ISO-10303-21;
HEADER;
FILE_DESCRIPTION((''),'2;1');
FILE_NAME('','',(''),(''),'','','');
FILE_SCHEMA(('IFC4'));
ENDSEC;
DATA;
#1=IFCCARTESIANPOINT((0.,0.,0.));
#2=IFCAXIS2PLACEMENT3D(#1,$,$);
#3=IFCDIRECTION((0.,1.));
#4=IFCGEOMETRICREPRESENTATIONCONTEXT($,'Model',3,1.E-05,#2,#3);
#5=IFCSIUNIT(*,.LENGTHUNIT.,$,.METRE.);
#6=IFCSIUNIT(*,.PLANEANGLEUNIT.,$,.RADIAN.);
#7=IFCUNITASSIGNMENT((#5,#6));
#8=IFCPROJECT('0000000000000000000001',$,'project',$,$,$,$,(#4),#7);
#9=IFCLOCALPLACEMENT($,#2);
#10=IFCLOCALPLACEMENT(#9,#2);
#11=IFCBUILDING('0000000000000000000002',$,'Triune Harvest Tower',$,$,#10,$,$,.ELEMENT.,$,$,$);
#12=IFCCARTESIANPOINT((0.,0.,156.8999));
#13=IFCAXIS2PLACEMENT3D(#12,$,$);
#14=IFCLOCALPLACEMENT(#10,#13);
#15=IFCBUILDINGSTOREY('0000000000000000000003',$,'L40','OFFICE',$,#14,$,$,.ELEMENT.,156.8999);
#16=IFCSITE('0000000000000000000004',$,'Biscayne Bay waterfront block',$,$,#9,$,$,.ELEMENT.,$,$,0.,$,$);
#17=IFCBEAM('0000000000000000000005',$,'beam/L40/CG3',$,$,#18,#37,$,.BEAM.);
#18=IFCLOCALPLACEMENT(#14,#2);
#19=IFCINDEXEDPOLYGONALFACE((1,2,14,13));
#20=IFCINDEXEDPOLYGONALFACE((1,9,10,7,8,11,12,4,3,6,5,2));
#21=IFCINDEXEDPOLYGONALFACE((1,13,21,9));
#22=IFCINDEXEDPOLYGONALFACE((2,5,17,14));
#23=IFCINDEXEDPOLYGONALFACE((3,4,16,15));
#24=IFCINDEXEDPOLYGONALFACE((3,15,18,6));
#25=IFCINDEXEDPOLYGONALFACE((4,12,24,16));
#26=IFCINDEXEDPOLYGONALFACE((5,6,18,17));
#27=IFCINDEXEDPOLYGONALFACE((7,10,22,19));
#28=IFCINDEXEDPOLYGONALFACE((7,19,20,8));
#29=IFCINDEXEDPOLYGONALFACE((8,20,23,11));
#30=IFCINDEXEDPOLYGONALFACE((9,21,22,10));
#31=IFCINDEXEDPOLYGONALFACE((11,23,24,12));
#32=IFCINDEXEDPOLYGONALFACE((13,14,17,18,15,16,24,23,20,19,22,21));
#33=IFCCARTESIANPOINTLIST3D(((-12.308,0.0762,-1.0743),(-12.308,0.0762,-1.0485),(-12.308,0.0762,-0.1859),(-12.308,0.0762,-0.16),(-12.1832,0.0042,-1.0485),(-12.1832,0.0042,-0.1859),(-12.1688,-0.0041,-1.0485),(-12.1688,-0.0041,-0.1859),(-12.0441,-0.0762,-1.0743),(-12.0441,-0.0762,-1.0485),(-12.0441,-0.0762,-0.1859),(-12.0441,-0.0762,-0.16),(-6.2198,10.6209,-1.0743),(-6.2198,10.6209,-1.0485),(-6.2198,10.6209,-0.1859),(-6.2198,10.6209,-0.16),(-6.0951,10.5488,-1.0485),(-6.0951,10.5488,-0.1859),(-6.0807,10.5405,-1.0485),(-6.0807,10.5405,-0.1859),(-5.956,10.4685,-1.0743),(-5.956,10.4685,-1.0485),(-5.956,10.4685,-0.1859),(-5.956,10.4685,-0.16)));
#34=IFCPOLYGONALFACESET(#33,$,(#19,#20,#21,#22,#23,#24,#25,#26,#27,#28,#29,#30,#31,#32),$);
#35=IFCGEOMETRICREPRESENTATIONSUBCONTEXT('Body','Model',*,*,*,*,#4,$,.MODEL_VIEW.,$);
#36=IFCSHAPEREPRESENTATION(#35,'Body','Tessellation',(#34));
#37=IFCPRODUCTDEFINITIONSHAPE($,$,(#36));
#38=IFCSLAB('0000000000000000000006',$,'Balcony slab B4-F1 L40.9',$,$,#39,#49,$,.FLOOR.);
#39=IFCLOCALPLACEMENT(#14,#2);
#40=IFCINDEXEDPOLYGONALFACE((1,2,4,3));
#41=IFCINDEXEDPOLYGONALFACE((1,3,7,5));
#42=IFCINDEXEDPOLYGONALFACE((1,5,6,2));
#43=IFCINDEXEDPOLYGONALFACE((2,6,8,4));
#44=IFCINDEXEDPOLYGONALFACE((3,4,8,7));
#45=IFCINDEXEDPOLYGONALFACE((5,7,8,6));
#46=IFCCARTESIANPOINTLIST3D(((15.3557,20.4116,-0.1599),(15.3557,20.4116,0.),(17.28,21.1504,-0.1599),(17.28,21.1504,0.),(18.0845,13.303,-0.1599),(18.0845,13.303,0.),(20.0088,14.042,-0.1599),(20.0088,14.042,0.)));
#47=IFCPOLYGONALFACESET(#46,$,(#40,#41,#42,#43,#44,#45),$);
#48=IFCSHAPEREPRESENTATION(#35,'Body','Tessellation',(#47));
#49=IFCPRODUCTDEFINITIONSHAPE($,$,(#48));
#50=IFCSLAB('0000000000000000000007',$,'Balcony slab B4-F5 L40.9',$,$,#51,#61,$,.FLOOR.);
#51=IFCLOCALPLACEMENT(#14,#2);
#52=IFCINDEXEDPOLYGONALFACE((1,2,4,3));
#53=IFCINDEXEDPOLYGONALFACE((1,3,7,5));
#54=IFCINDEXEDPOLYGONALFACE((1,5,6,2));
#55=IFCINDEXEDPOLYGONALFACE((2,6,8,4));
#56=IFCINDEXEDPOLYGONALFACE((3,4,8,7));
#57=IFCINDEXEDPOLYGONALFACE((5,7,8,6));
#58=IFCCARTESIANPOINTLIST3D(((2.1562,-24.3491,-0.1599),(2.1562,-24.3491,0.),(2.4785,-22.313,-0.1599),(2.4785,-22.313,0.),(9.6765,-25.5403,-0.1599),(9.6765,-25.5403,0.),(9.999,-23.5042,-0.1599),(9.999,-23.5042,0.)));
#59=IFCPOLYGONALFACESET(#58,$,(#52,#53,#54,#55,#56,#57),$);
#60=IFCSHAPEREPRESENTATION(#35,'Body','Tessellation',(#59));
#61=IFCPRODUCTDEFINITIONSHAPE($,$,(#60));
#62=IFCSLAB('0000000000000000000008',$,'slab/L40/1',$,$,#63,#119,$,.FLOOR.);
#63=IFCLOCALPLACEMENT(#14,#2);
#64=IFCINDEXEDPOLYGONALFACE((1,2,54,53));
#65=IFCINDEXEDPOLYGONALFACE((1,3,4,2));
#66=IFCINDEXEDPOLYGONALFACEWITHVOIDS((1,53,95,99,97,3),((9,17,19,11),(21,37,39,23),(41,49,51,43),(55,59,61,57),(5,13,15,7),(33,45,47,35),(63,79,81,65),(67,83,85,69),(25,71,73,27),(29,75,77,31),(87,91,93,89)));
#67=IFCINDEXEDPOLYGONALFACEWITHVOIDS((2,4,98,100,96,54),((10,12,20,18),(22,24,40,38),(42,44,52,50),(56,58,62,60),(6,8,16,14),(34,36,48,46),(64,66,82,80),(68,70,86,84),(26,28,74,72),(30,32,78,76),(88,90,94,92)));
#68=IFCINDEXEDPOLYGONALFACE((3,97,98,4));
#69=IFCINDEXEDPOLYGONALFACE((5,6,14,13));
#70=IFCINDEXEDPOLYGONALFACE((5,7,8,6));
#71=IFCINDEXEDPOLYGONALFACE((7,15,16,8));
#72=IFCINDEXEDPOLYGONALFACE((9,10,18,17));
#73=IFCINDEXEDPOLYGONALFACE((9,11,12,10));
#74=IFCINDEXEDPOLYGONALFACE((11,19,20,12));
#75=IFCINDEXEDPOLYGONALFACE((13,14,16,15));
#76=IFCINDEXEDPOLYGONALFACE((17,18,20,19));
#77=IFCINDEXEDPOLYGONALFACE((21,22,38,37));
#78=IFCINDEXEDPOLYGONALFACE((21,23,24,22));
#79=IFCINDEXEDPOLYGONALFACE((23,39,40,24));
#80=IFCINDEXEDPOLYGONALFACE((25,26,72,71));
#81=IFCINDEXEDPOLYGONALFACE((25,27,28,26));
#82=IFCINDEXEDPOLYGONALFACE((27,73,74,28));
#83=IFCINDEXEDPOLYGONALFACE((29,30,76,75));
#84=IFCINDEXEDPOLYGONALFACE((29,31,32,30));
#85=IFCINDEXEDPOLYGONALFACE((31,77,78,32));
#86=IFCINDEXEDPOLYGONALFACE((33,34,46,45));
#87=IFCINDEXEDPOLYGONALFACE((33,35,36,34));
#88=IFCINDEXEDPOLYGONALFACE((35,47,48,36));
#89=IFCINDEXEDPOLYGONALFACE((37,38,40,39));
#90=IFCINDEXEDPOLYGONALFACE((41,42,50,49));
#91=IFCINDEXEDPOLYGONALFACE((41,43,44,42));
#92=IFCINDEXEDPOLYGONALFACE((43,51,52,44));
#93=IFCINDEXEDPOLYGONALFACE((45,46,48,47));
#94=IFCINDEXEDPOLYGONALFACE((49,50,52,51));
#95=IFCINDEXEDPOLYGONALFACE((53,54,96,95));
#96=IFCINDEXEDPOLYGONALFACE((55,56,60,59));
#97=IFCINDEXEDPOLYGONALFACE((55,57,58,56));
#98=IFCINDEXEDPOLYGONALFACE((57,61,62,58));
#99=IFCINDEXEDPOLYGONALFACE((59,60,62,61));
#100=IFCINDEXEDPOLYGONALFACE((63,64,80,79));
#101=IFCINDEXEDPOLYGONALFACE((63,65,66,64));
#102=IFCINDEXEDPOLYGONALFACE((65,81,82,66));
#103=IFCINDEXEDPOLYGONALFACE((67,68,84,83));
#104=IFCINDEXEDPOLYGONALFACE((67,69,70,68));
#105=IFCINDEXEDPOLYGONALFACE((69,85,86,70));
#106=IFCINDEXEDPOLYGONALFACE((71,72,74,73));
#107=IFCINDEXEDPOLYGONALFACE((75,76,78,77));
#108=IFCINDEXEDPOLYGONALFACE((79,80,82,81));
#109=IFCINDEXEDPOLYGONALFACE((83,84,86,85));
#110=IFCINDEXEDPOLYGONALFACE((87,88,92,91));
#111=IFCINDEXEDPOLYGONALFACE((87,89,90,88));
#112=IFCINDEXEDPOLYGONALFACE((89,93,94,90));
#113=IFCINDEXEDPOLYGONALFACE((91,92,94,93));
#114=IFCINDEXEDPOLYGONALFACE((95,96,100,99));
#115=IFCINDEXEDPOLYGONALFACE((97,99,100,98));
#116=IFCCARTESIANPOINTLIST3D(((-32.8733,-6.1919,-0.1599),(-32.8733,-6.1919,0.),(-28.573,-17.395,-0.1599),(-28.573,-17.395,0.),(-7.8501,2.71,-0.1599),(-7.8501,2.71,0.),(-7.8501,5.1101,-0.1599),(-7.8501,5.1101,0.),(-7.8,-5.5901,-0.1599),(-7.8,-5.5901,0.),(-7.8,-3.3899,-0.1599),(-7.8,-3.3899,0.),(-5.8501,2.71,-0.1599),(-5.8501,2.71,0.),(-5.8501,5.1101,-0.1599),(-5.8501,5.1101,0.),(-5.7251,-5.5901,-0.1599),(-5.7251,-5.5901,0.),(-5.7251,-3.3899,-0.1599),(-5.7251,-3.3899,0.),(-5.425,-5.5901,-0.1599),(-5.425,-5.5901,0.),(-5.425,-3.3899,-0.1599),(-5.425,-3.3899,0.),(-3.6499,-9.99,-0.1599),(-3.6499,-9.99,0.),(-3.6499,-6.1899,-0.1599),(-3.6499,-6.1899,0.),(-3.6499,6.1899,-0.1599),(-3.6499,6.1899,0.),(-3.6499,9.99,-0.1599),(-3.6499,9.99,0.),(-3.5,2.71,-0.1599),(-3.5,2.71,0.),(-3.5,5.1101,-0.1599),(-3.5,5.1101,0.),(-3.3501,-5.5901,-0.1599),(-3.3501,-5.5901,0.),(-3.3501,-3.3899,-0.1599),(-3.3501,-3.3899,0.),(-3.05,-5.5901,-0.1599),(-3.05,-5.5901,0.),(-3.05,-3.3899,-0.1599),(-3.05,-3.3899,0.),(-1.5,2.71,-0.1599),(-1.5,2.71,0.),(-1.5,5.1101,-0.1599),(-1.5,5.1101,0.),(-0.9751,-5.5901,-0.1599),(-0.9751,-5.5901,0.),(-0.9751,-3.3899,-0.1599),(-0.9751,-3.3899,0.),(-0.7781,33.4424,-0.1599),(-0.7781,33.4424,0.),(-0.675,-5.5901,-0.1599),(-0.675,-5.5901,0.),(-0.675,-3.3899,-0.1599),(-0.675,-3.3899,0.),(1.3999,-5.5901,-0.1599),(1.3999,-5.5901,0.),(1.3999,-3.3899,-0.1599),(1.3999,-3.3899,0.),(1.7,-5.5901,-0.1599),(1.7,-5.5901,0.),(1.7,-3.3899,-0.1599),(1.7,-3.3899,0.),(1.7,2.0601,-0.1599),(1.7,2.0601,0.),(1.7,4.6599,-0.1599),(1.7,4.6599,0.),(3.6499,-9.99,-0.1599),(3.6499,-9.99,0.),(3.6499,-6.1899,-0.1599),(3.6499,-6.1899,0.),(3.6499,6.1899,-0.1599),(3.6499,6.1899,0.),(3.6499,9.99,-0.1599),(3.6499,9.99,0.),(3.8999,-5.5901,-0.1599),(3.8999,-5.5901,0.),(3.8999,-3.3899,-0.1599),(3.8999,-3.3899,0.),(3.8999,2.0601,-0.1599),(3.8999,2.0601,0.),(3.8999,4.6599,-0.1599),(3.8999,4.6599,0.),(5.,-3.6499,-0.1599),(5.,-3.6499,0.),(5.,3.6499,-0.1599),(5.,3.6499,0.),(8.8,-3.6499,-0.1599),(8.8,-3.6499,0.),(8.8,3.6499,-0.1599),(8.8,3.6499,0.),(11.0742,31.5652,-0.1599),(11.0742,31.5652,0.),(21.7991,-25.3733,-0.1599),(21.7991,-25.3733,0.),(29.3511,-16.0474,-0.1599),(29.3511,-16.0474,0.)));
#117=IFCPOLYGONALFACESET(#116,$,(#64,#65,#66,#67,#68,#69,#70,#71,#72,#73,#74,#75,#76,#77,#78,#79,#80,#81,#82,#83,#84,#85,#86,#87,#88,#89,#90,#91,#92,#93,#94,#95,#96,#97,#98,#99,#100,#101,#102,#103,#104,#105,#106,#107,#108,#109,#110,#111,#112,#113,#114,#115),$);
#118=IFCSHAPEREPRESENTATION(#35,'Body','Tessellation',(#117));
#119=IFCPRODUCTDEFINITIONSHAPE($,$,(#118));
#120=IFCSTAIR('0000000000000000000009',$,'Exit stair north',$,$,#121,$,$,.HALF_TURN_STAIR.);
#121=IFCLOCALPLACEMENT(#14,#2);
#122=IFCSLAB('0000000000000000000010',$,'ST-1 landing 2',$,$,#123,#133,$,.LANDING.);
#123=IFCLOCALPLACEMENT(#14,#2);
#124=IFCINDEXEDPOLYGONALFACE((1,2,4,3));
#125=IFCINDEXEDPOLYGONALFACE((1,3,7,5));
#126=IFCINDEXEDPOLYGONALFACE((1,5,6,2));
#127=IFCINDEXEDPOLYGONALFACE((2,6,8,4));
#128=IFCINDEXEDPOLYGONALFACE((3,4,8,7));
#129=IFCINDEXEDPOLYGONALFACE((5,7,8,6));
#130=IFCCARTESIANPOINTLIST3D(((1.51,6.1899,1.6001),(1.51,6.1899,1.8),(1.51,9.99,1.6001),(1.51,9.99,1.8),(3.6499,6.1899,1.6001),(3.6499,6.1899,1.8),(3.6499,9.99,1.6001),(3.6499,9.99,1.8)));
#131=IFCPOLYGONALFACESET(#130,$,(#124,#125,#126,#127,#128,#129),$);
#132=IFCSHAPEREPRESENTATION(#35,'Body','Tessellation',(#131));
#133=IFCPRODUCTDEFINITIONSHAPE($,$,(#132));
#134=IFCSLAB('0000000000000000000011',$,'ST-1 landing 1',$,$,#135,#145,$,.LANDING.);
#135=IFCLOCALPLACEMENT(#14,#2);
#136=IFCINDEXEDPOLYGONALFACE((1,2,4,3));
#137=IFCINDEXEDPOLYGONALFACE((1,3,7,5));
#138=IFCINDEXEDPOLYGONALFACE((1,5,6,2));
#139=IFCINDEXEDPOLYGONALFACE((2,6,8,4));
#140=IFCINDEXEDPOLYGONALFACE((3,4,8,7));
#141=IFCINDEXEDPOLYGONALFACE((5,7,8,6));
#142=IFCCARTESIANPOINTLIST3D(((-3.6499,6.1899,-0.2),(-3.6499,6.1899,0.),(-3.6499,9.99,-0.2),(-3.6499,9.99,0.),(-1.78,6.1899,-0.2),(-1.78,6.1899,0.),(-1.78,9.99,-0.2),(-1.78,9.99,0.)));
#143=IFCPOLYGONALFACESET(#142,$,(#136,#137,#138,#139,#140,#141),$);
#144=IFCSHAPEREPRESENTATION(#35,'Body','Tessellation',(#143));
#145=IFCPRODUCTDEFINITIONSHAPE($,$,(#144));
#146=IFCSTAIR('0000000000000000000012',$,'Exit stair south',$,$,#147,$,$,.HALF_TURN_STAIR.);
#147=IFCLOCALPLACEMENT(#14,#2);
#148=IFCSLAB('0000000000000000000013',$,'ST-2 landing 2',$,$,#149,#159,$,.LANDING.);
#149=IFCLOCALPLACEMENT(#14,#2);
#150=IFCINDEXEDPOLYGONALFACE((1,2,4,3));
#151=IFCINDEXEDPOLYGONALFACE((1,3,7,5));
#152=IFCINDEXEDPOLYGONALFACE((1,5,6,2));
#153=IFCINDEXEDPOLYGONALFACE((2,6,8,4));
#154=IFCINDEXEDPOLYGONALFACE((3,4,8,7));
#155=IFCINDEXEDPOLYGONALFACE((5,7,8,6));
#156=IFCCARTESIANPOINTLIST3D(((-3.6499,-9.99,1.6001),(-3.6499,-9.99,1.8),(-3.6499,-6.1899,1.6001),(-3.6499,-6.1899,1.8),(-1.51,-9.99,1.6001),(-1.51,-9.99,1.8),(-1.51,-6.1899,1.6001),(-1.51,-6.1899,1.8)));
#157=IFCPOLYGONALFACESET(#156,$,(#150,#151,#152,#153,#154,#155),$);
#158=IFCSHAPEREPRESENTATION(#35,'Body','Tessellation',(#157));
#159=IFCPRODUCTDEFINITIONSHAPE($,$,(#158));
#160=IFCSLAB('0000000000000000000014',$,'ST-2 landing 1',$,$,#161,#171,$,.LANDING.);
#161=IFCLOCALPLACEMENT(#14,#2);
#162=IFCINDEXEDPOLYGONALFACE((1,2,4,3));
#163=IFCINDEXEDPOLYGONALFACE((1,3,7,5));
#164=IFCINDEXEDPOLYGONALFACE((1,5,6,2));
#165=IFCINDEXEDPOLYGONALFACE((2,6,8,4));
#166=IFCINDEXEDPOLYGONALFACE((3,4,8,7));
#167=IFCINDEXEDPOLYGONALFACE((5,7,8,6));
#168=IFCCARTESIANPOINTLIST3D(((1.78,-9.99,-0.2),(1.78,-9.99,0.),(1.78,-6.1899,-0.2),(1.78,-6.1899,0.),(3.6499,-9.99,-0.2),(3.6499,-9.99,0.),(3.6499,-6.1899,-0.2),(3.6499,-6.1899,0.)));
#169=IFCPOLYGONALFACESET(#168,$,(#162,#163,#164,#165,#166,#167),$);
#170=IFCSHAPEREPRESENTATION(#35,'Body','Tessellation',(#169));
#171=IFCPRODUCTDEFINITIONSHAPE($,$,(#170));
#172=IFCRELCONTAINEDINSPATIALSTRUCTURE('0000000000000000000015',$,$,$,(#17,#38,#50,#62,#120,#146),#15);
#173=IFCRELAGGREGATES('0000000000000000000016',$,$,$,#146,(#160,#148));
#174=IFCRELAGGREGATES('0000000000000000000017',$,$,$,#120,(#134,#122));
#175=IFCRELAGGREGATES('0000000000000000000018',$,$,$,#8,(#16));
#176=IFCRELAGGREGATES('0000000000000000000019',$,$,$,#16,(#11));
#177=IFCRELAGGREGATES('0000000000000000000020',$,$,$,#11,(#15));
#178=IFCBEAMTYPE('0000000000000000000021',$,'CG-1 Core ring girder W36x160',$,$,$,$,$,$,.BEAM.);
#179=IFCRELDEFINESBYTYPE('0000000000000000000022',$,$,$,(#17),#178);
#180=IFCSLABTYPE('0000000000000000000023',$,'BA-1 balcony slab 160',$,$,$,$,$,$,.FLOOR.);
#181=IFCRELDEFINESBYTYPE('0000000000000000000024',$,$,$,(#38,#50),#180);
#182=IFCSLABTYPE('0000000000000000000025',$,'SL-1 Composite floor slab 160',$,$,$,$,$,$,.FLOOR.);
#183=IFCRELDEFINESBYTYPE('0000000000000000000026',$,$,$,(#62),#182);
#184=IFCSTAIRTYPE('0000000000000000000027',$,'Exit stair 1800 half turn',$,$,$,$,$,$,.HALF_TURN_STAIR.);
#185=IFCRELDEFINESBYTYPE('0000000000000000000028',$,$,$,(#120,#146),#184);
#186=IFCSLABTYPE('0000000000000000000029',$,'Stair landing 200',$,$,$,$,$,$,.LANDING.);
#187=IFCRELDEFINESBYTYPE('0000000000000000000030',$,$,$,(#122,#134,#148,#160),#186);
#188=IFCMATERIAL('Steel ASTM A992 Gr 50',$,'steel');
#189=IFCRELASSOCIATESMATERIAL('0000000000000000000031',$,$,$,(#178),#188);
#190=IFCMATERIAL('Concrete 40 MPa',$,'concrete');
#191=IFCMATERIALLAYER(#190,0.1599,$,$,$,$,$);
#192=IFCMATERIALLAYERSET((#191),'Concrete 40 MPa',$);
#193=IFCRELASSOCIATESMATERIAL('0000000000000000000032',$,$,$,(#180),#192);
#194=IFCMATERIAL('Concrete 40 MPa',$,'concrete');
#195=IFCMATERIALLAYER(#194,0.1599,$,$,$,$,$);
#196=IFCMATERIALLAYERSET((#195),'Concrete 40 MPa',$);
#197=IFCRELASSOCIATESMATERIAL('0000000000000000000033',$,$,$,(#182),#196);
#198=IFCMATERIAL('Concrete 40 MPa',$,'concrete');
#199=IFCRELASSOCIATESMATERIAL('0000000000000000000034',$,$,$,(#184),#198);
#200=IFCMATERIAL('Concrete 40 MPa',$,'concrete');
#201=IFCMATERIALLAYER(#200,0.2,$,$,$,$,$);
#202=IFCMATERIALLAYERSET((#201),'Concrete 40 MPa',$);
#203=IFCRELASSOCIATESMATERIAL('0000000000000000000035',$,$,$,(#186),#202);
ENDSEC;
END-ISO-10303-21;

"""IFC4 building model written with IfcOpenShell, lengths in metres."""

from ifc_helpers import new_model, si_unit, direction, frame, origin, origin_2d, place, context, subcontext, project, spatial, polyline, i_section, outline, extrude, source, transform, mapped, material, layer, layer_set, material_profile, profile_set, type_object, element, aggregate, save


model = new_model("IFC4")

# Units and contexts
model_context = context("Model", 3, precision=1e-05, world=origin(), true_north=direction((0.0, 1.0)))
body_context = subcontext(model_context, "Body", "Model", "MODEL_VIEW")
ifc_project = project(units=[si_unit("LENGTHUNIT", "METRE"), si_unit("PLANEANGLEUNIT", "RADIAN")], contexts=[model_context])

# Site, building, storey
site_placement = place(None, origin())
site = spatial("IfcSite", under=ifc_project, at=site_placement, Name="Biscayne Bay waterfront block", CompositionType="ELEMENT", RefElevation=0.0)
building_placement = place(site_placement, origin())
building = spatial("IfcBuilding", under=site, at=building_placement, Name="Triune Harvest Tower", CompositionType="ELEMENT")
storey_placement = place(building_placement, frame((0.0, 0.0, 156.8999)))
storey = spatial("IfcBuildingStorey", under=building, at=storey_placement, Name="L40", Description="OFFICE", CompositionType="ELEMENT", Elevation=156.8999)

# Beam
ifc_material_1 = material(Name="Steel ASTM A992 Gr 50", Category="steel")
ifc_material_profile = material_profile(ifc_material_1, i_section(OverallWidth=0.3047, OverallDepth=0.9143, WebThickness=0.0166, FlangeThickness=0.0259, at=origin_2d()), Name="W36x160")
ifc_profile_set = profile_set([ifc_material_profile], Name="Steel ASTM A992 Gr 50")
beam_type = type_object("IfcBeamType", Name="CG-1 Core ring girder W36x160", PredefinedType="BEAM", material=ifc_profile_set)
shared_shape_1 = source(origin(), body_context, "Body", "SweptSolid", [
    extrude(i_section(OverallWidth=0.3047, OverallDepth=0.9143, WebThickness=0.0166, FlangeThickness=0.0259, at=origin_2d()), origin(), (0.0, 0.0, 1.0), 12.176),
])
beam_placement = place(storey_placement, frame((-6.0879, 10.5447, -0.6172), z_axis=(-0.50001, -0.86602, 0.0), x_axis=(0.86602, -0.50001, 0.0)))
element("IfcBeam", 1, at=beam_placement, inside=storey, type_object=beam_type, Name="beam/L40/CG3", PredefinedType="BEAM", context=body_context, shape_type="MappedRepresentation", body=[
    mapped(shared_shape_1, transform((0.0, 0.0, 0.0), scale=1.0)),
])

# Slabs
ifc_material_2 = material(Name="Concrete 40 MPa", Category="concrete")
ifc_layer_1 = layer(ifc_material_2, 0.1599)
ifc_layer_set_1 = layer_set([ifc_layer_1], Name="Concrete 40 MPa")
slab_type_1 = type_object("IfcSlabType", Name="BA-1 balcony slab 160", PredefinedType="FLOOR", material=ifc_layer_set_1)
slab_1_placement = place(storey_placement, frame((0.0, 0.0, -0.1599)))
element("IfcSlab", 2, at=slab_1_placement, inside=storey, type_object=slab_type_1, Name="Balcony slab B4-F1 L40.9", PredefinedType="FLOOR", context=body_context, shape_type="SweptSolid", body=[
    extrude(outline(polyline([(18.0845, 13.303), (15.3557, 20.4116), (17.28, 21.1504), (20.0088, 14.042), (18.0845, 13.303)])), origin(), (0.0, 0.0, 1.0), 0.1599),
])
slab_2_placement = place(storey_placement, frame((0.0, 0.0, -0.1599)))
element("IfcSlab", 3, at=slab_2_placement, inside=storey, type_object=slab_type_1, Name="Balcony slab B4-F5 L40.9", PredefinedType="FLOOR", context=body_context, shape_type="SweptSolid", body=[
    extrude(outline(polyline([(2.4785, -22.313), (9.999, -23.5042), (9.6765, -25.5403), (2.1562, -24.3491), (2.4785, -22.313)])), origin(), (0.0, 0.0, 1.0), 0.1599),
])
ifc_material_3 = material(Name="Concrete 40 MPa", Category="concrete")
ifc_layer_2 = layer(ifc_material_3, 0.1599)
ifc_layer_set_2 = layer_set([ifc_layer_2], Name="Concrete 40 MPa")
slab_type_2 = type_object("IfcSlabType", Name="SL-1 Composite floor slab 160", PredefinedType="FLOOR", material=ifc_layer_set_2)
shared_shape_2 = source(origin(), body_context, "Body", "SweptSolid", [
    extrude(outline(polyline([(29.3511, -16.0474), (11.0742, 31.5652), (-0.7781, 33.4424), (-32.8733, -6.1919), (-28.573, -17.395), (21.7991, -25.3733), (29.3511, -16.0474)]), holes=[polyline([(-5.7251, -5.5901), (-5.7251, -3.3899), (-7.8, -3.3899), (-7.8, -5.5901), (-5.7251, -5.5901)]), polyline([(-3.3501, -5.5901), (-3.3501, -3.3899), (-5.425, -3.3899), (-5.425, -5.5901), (-3.3501, -5.5901)]), polyline([(-0.9751, -5.5901), (-0.9751, -3.3899), (-3.05, -3.3899), (-3.05, -5.5901), (-0.9751, -5.5901)]), polyline([(1.3999, -5.5901), (1.3999, -3.3899), (-0.675, -3.3899), (-0.675, -5.5901), (1.3999, -5.5901)]), polyline([(3.8999, 2.0601), (3.8999, 4.6599), (1.7, 4.6599), (1.7, 2.0601), (3.8999, 2.0601)]), polyline([(3.8999, -5.5901), (3.8999, -3.3899), (1.7, -3.3899), (1.7, -5.5901), (3.8999, -5.5901)]), polyline([(-5.8501, 2.71), (-5.8501, 5.1101), (-7.8501, 5.1101), (-7.8501, 2.71), (-5.8501, 2.71)]), polyline([(-1.5, 2.71), (-1.5, 5.1101), (-3.5, 5.1101), (-3.5, 2.71), (-1.5, 2.71)]), polyline([(3.6499, 6.1899), (3.6499, 9.99), (-3.6499, 9.99), (-3.6499, 6.1899), (3.6499, 6.1899)]), polyline([(3.6499, -9.99), (3.6499, -6.1899), (-3.6499, -6.1899), (-3.6499, -9.99), (3.6499, -9.99)]), polyline([(8.8, -3.6499), (8.8, 3.6499), (5.0, 3.6499), (5.0, -3.6499), (8.8, -3.6499)])]), origin(), (0.0, 0.0, 1.0), 0.1599),
])
slab_3_placement = place(storey_placement, frame((0.0, 0.0, -0.1599)))
element("IfcSlab", 4, at=slab_3_placement, inside=storey, type_object=slab_type_2, Name="slab/L40/1", PredefinedType="FLOOR", context=body_context, shape_type="MappedRepresentation", body=[
    mapped(shared_shape_2, transform((0.0, 0.0, 0.0), scale=1.0)),
])

# Stairs, slabs
ifc_material_4 = material(Name="Concrete 40 MPa", Category="concrete")
stair_type = type_object("IfcStairType", Name="Exit stair 1800 half turn", PredefinedType="HALF_TURN_STAIR", material=ifc_material_4)
stair_1_placement = place(storey_placement, origin())
stair_1 = element("IfcStair", 5, at=stair_1_placement, inside=storey, type_object=stair_type, Name="Exit stair north", PredefinedType="HALF_TURN_STAIR")
ifc_material_5 = material(Name="Concrete 40 MPa", Category="concrete")
ifc_layer_3 = layer(ifc_material_5, 0.2)
ifc_layer_set_3 = layer_set([ifc_layer_3], Name="Concrete 40 MPa")
slab_type_3 = type_object("IfcSlabType", Name="Stair landing 200", PredefinedType="LANDING", material=ifc_layer_set_3)
shared_shape_3 = source(origin(), body_context, "Body", "SweptSolid", [
    extrude(outline(polyline([(1.51, 6.1899), (3.6499, 6.1899), (3.6499, 9.99), (1.51, 9.99), (1.51, 6.1899)])), origin(), (0.0, 0.0, 1.0), 0.2),
])
slab_4_placement = place(storey_placement, frame((0.0, 0.0, 1.6001)))
slab_4 = element("IfcSlab", 6, at=slab_4_placement, type_object=slab_type_3, Name="ST-1 landing 2", PredefinedType="LANDING", context=body_context, shape_type="MappedRepresentation", body=[
    mapped(shared_shape_3, transform((0.0, 0.0, 0.0), scale=1.0)),
])
shared_shape_4 = source(origin(), body_context, "Body", "SweptSolid", [
    extrude(outline(polyline([(-3.6499, 6.1899), (-1.78, 6.1899), (-1.78, 9.99), (-3.6499, 9.99), (-3.6499, 6.1899)])), origin(), (0.0, 0.0, 1.0), 0.2),
])
slab_5_placement = place(storey_placement, frame((0.0, 0.0, -0.2)))
slab_5 = element("IfcSlab", 7, at=slab_5_placement, type_object=slab_type_3, Name="ST-1 landing 1", PredefinedType="LANDING", context=body_context, shape_type="MappedRepresentation", body=[
    mapped(shared_shape_4, transform((0.0, 0.0, 0.0), scale=1.0)),
])
stair_2_placement = place(storey_placement, origin())
stair_2 = element("IfcStair", 8, at=stair_2_placement, inside=storey, type_object=stair_type, Name="Exit stair south", PredefinedType="HALF_TURN_STAIR")
shared_shape_5 = source(origin(), body_context, "Body", "SweptSolid", [
    extrude(outline(polyline([(-1.51, -6.1899), (-3.6499, -6.1899), (-3.6499, -9.99), (-1.51, -9.99), (-1.51, -6.1899)])), origin(), (0.0, 0.0, 1.0), 0.2),
])
slab_6_placement = place(storey_placement, frame((0.0, 0.0, 1.6001)))
slab_6 = element("IfcSlab", 9, at=slab_6_placement, type_object=slab_type_3, Name="ST-2 landing 2", PredefinedType="LANDING", context=body_context, shape_type="MappedRepresentation", body=[
    mapped(shared_shape_5, transform((0.0, 0.0, 0.0), scale=1.0)),
])
shared_shape_6 = source(origin(), body_context, "Body", "SweptSolid", [
    extrude(outline(polyline([(3.6499, -6.1899), (1.78, -6.1899), (1.78, -9.99), (3.6499, -9.99), (3.6499, -6.1899)])), origin(), (0.0, 0.0, 1.0), 0.2),
])
slab_7_placement = place(storey_placement, frame((0.0, 0.0, -0.2)))
slab_7 = element("IfcSlab", 10, at=slab_7_placement, type_object=slab_type_3, Name="ST-2 landing 1", PredefinedType="LANDING", context=body_context, shape_type="MappedRepresentation", body=[
    mapped(shared_shape_6, transform((0.0, 0.0, 0.0), scale=1.0)),
])
aggregate(stair_2, [slab_7, slab_6])

aggregate(stair_1, [slab_5, slab_4])

save(model, "model.ifc")
